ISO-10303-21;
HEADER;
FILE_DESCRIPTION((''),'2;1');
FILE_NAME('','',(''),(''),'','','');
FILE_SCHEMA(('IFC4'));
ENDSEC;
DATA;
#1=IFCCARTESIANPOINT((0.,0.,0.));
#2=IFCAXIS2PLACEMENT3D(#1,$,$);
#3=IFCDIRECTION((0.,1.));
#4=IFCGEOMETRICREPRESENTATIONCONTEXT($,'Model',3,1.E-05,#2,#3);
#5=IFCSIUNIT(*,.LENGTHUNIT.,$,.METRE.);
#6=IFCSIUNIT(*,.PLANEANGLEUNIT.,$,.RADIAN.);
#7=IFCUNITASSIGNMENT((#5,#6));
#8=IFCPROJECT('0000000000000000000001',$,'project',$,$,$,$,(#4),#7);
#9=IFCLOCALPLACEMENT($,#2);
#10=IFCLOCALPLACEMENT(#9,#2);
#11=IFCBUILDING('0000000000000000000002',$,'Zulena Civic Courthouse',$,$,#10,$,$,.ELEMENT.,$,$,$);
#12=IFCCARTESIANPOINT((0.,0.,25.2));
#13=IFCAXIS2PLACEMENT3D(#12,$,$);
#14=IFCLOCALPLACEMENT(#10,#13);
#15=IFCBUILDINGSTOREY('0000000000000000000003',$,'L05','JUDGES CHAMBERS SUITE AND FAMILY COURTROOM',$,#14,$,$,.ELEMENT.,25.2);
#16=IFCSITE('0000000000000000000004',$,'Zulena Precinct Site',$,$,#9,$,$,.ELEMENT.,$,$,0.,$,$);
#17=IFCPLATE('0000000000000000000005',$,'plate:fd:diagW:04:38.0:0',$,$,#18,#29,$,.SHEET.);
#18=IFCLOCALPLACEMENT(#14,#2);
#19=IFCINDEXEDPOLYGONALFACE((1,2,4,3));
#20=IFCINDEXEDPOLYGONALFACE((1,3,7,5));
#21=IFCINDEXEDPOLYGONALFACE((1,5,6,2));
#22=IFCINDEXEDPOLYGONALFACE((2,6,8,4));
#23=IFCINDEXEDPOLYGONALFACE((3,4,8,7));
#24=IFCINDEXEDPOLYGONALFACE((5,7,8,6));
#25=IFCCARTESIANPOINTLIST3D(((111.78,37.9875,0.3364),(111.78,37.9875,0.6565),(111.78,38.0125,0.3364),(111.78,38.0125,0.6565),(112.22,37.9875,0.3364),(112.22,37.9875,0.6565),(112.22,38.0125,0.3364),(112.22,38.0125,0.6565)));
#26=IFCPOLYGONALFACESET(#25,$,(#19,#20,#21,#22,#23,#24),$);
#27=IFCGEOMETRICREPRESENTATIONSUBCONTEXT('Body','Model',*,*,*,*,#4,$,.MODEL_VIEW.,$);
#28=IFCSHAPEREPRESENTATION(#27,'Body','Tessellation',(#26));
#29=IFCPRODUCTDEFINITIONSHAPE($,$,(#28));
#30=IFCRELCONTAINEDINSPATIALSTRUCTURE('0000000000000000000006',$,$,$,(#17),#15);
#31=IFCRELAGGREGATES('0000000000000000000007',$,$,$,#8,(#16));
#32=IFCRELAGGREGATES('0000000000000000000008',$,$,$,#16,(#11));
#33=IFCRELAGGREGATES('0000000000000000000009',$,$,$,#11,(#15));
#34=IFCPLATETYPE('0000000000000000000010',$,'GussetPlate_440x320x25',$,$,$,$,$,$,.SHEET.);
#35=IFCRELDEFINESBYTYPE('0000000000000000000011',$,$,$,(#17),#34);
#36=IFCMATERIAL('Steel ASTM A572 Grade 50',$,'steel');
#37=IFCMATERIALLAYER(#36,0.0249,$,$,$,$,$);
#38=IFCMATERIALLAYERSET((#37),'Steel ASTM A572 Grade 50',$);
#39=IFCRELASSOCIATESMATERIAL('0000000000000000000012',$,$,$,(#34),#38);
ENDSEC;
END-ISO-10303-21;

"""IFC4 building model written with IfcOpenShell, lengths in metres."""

from ifc_helpers import new_model, si_unit, direction, frame, origin, origin_2d, place, context, subcontext, project, spatial, rectangle, extrude, material, layer, layer_set, type_object, element, save


model = new_model("IFC4")

# Units and contexts
model_context = context("Model", 3, precision=1e-05, world=origin(), true_north=direction((0.0, 1.0)))
body_context = subcontext(model_context, "Body", "Model", "MODEL_VIEW")
ifc_project = project(units=[si_unit("LENGTHUNIT", "METRE"), si_unit("PLANEANGLEUNIT", "RADIAN")], contexts=[model_context])

# Site, building, storey
site_placement = place(None, origin())
site = spatial("IfcSite", under=ifc_project, at=site_placement, Name="Zulena Precinct Site", CompositionType="ELEMENT", RefElevation=0.0)
building_placement = place(site_placement, origin())
building = spatial("IfcBuilding", under=site, at=building_placement, Name="Zulena Civic Courthouse", CompositionType="ELEMENT")
storey_placement = place(building_placement, frame((0.0, 0.0, 25.2)))
storey = spatial("IfcBuildingStorey", under=building, at=storey_placement, Name="L05", Description="JUDGES CHAMBERS SUITE AND FAMILY COURTROOM", CompositionType="ELEMENT", Elevation=25.2)

# Plate
ifc_material_1 = material(Name="Steel ASTM A572 Grade 50", Category="steel")
ifc_layer = layer(ifc_material_1, 0.0249)
ifc_layer_set = layer_set([ifc_layer], Name="Steel ASTM A572 Grade 50")
plate_type = type_object("IfcPlateType", Name="GussetPlate_440x320x25", PredefinedType="SHEET", material=ifc_layer_set)
for number, where, z_axis, x_axis, name in (
    (1, (112.0, 38.0, 0.3364), (0.0, 0.0, 1.0), (1.0, 0.0, 0.0), "plate:fd:diagW:04:38.0:0"),
):
    element("IfcPlate", number, at=place(storey_placement, frame(where, z_axis=z_axis, x_axis=x_axis)), inside=storey, type_object=plate_type, Name=name, PredefinedType="SHEET", context=body_context, shape_type="SweptSolid", body=[
        extrude(rectangle(XDim=0.4399, YDim=0.0249, at=origin_2d()), origin(), (0.0, 0.0, 1.0), 0.3201),
    ])

save(model, "model.ifc")
